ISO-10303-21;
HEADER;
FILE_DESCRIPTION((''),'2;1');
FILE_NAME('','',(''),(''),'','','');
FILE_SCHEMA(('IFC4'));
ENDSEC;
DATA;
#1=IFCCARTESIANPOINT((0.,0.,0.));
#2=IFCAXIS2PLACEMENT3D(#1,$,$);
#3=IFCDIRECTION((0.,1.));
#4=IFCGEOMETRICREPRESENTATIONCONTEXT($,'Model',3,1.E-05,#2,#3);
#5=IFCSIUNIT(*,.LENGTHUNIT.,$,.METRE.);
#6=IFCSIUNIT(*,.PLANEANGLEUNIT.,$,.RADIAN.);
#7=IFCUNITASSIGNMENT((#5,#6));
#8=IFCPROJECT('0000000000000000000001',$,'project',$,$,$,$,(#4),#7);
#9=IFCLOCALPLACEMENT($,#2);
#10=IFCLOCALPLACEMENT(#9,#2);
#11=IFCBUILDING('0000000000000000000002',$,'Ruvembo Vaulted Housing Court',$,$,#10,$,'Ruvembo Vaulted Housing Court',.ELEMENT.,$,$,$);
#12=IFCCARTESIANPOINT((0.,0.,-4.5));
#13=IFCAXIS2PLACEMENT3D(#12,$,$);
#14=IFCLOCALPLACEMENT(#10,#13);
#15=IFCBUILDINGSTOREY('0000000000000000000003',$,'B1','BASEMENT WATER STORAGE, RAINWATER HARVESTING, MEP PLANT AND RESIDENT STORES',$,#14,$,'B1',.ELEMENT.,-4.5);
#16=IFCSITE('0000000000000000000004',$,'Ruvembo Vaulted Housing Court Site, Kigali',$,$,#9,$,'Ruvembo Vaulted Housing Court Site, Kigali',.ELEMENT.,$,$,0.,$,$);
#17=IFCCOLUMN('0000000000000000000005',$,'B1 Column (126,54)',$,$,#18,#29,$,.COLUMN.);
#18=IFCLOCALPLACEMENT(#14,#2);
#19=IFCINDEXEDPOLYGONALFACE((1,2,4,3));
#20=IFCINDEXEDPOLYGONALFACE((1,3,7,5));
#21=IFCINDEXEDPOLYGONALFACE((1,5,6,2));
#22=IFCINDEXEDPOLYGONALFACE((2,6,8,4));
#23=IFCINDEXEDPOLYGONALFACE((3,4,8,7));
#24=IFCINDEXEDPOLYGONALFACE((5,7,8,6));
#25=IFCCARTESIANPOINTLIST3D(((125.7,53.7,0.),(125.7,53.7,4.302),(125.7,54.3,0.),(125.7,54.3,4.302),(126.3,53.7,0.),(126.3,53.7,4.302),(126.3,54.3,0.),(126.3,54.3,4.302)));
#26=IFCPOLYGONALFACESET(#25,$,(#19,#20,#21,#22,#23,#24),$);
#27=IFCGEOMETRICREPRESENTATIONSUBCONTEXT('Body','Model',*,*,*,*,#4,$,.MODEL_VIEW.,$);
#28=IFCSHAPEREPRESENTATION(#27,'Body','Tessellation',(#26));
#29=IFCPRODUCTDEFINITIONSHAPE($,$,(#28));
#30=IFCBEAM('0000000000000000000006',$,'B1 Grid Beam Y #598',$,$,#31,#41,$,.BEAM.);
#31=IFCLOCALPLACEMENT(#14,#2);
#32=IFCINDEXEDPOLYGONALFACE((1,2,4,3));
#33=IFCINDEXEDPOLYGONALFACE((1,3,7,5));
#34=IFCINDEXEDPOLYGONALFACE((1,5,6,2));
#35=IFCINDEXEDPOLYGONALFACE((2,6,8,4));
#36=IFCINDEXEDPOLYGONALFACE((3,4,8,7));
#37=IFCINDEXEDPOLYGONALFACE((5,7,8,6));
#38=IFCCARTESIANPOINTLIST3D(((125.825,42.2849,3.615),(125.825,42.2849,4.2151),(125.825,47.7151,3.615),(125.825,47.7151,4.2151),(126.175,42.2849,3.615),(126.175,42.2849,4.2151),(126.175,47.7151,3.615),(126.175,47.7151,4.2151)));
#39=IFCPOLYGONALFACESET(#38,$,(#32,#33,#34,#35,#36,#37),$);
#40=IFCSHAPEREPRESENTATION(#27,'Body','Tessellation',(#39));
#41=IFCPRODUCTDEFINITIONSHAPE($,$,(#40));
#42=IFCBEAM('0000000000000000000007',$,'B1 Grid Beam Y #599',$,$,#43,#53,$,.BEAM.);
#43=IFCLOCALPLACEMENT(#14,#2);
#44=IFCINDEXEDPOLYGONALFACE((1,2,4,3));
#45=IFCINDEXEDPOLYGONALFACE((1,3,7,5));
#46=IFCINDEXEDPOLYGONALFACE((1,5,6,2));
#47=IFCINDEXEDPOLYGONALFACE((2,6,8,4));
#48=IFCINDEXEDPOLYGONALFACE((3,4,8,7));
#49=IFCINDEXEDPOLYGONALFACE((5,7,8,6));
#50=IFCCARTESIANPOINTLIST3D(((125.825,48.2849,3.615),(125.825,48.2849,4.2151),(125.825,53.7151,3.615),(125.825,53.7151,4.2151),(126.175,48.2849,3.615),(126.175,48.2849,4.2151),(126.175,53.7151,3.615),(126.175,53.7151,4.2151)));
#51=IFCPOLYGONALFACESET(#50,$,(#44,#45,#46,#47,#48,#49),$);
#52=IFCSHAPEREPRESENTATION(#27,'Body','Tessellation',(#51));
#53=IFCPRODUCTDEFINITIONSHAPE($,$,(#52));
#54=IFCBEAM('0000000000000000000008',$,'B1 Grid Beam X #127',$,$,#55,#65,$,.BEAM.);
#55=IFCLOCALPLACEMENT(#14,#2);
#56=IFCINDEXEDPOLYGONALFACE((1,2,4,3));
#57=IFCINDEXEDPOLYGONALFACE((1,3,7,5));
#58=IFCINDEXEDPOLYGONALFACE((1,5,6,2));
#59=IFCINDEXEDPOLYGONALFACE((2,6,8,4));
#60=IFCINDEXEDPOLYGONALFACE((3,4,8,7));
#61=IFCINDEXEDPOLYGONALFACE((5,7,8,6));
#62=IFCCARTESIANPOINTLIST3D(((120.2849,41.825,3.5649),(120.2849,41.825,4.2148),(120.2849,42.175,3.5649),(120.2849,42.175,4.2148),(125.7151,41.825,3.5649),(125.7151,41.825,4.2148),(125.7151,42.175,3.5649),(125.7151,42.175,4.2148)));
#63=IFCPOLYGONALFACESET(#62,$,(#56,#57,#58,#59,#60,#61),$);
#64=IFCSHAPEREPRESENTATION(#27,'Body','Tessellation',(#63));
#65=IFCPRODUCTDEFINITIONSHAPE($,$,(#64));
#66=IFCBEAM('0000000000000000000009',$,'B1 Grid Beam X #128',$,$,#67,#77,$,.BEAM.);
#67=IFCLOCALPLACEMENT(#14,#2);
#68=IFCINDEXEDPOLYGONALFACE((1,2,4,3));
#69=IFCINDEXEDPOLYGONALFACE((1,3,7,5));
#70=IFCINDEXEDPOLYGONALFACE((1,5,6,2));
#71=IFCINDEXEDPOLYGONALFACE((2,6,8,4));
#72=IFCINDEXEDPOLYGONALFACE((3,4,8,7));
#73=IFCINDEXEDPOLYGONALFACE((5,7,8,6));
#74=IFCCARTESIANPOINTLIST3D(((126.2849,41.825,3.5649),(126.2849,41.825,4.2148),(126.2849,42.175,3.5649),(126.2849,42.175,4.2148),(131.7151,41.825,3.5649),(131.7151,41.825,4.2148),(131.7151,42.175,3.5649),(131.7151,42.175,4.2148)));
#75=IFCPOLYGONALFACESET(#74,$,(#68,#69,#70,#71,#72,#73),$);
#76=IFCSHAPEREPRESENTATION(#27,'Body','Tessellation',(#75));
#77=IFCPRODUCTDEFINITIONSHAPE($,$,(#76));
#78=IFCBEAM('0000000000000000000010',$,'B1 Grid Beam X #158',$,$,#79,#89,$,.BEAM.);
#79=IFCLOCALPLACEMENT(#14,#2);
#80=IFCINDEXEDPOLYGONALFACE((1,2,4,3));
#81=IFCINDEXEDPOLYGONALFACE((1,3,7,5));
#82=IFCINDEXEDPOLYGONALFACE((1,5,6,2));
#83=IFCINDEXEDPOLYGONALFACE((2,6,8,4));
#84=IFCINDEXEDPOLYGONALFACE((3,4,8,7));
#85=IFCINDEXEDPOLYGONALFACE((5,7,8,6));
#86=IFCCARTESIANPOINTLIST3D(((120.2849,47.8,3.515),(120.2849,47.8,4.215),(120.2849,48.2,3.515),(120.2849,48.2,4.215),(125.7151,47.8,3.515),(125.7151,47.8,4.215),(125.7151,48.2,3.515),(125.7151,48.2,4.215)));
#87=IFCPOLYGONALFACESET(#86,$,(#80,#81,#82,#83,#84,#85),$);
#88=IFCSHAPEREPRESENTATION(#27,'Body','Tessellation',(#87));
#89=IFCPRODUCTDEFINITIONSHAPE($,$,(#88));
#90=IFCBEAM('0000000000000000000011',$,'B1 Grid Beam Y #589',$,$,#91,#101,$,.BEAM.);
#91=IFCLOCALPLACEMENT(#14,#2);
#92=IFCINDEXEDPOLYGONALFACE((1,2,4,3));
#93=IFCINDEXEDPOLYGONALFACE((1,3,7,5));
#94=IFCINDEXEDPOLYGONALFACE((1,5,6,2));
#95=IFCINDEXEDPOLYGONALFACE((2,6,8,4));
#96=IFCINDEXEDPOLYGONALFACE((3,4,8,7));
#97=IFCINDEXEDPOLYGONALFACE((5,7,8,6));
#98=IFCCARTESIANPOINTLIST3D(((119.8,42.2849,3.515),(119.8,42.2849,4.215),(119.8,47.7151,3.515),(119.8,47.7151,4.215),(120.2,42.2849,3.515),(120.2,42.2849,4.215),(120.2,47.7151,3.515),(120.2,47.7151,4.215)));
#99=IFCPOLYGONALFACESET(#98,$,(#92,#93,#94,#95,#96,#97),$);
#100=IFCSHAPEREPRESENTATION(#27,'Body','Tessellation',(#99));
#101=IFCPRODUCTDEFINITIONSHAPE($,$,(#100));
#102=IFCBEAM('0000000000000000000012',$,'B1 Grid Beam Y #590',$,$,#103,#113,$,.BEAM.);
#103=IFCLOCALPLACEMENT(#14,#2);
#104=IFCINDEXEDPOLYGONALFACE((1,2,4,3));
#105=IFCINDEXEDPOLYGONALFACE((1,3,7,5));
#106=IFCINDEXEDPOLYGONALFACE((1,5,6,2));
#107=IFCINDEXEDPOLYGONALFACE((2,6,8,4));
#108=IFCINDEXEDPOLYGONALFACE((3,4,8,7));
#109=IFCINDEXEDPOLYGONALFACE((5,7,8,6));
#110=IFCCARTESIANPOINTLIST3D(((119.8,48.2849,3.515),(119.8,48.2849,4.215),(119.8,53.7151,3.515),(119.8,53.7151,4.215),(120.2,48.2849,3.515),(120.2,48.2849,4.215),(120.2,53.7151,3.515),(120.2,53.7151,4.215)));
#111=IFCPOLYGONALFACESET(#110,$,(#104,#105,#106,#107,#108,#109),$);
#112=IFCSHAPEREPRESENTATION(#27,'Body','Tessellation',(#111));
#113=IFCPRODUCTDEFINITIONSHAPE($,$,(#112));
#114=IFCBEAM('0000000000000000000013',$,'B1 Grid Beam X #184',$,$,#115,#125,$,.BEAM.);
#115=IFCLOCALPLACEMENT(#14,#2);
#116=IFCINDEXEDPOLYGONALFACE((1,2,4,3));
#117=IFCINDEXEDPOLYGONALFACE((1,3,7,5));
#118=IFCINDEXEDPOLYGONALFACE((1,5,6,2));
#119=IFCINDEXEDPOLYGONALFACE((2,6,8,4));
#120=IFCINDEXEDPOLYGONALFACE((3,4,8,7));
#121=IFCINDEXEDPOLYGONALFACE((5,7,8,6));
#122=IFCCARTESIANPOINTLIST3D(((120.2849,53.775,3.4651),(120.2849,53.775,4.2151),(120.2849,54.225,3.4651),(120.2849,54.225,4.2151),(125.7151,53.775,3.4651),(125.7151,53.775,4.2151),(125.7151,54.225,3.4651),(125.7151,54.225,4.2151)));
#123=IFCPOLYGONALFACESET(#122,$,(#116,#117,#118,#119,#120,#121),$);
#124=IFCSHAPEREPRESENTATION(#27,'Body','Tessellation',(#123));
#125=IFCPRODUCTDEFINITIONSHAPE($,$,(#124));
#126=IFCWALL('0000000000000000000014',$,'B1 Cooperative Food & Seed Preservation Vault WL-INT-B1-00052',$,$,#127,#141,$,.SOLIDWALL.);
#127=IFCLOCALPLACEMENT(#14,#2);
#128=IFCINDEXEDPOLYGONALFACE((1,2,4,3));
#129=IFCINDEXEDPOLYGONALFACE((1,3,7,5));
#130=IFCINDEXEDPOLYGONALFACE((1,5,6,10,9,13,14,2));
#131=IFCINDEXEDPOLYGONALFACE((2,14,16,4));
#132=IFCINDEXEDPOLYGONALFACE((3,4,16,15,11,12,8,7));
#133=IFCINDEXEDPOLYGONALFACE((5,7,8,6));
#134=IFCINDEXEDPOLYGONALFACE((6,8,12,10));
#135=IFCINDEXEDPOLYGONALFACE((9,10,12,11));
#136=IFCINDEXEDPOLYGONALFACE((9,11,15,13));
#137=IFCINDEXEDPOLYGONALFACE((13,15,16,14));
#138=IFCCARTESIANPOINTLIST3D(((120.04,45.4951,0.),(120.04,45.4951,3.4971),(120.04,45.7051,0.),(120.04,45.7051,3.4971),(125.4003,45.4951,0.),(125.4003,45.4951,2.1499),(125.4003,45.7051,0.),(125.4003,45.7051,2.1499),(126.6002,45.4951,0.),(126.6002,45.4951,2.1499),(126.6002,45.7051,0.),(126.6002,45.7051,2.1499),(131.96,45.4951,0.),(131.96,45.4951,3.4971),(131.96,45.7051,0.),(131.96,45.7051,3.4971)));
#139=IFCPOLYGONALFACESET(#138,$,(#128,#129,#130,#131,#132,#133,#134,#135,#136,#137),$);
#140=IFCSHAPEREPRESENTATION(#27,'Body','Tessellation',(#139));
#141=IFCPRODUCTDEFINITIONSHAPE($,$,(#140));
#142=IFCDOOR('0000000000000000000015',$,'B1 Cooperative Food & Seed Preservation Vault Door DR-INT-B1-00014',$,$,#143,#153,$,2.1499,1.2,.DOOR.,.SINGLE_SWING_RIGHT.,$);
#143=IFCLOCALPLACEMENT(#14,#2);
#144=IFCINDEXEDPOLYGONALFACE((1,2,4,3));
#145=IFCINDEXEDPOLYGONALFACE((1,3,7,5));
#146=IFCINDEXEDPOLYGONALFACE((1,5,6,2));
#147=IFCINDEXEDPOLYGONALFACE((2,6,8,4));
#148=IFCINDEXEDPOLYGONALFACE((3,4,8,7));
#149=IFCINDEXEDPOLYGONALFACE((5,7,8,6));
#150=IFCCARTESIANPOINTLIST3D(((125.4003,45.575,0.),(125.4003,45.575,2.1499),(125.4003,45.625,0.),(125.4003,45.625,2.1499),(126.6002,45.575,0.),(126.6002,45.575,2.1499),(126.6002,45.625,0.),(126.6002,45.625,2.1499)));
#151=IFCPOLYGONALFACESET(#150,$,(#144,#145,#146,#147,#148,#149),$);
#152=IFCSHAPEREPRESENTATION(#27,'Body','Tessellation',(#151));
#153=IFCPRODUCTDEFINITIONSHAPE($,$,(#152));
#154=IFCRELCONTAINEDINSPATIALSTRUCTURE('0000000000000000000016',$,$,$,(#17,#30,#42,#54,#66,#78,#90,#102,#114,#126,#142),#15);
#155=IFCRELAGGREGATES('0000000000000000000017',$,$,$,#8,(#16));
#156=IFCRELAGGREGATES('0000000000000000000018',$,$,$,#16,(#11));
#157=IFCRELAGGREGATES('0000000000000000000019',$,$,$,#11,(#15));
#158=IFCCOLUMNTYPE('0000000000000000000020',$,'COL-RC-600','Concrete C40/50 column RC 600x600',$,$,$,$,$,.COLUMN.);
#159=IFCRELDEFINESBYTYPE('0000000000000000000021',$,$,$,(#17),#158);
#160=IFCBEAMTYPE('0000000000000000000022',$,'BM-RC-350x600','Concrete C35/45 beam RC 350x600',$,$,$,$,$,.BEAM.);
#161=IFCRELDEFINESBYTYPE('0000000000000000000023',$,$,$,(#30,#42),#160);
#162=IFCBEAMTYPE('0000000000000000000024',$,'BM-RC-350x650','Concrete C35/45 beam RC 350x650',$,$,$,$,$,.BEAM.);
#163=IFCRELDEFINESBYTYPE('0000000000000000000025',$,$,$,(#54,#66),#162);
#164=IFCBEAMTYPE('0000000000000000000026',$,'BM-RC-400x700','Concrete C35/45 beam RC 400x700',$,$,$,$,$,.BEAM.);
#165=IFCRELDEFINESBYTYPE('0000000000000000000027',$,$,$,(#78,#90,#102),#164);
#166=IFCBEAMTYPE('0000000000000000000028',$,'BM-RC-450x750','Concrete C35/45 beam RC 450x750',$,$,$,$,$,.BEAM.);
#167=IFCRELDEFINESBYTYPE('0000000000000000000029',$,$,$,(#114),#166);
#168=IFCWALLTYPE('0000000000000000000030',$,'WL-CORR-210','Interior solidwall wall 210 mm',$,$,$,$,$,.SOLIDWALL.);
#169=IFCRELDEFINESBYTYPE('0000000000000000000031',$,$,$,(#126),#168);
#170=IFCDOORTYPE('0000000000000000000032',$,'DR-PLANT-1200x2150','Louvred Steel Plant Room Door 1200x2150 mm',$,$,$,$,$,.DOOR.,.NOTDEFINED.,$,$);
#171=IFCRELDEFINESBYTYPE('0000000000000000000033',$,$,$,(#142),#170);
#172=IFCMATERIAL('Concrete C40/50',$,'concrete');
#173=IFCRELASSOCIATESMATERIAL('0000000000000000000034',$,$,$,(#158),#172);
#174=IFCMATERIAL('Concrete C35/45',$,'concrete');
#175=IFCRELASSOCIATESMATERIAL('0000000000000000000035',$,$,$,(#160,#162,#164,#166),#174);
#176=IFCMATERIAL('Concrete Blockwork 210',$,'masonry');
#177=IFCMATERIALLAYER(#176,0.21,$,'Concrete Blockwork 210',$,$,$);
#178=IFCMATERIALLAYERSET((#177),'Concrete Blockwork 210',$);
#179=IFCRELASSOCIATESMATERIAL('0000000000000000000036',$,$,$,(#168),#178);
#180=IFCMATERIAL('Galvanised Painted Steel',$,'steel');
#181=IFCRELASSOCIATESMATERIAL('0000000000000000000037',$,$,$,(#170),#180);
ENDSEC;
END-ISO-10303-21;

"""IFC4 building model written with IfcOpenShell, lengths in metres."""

from ifc_helpers import new_model, si_unit, direction, frame, frame_2d, origin, origin_2d, place, context, subcontext, project, spatial, rectangle, extrude, material, layer, layer_set, material_profile, profile_set, type_object, element, fill, save


model = new_model("IFC4")

# Units and contexts
model_context = context("Model", 3, precision=1e-05, world=origin(), true_north=direction((0.0, 1.0)))
body_context = subcontext(model_context, "Body", "Model", "MODEL_VIEW")
ifc_project = project(units=[si_unit("LENGTHUNIT", "METRE"), si_unit("PLANEANGLEUNIT", "RADIAN")], contexts=[model_context])

# Site, building, storey
site_placement = place(None, origin())
site = spatial("IfcSite", under=ifc_project, at=site_placement, Name="Ruvembo Vaulted Housing Court Site, Kigali", LongName="Ruvembo Vaulted Housing Court Site, Kigali", CompositionType="ELEMENT", RefElevation=0.0)
building_placement = place(site_placement, origin())
building = spatial("IfcBuilding", under=site, at=building_placement, Name="Ruvembo Vaulted Housing Court", LongName="Ruvembo Vaulted Housing Court", CompositionType="ELEMENT")
storey_placement = place(building_placement, frame((0.0, 0.0, -4.5)))
storey = spatial("IfcBuildingStorey", under=building, at=storey_placement, Name="B1", Description="BASEMENT WATER STORAGE, RAINWATER HARVESTING, MEP PLANT AND RESIDENT STORES", LongName="B1", CompositionType="ELEMENT", Elevation=-4.5)

# Shared definitions
ifc_material_1 = material(Name="Concrete C35/45", Category="concrete")

# Column
ifc_material_2 = material(Name="Concrete C40/50", Category="concrete")
ifc_material_profile_1 = material_profile(ifc_material_2, rectangle(XDim=0.6001, YDim=0.6001, at=origin_2d()), Name="RC 600x600")
ifc_profile_set_1 = profile_set([ifc_material_profile_1], Name="Concrete C40/50")
column_type = type_object("IfcColumnType", Name="COL-RC-600", Description="Concrete C40/50 column RC 600x600", PredefinedType="COLUMN", material=ifc_profile_set_1)
for number, where, z_axis, x_axis, name in (
    (1, (126.0, 54.0, 0.0), (0.0, 0.0, 1.0), (1.0, 0.0, 0.0), "B1 Column (126,54)"),
):
    element("IfcColumn", number, at=place(storey_placement, frame(where, z_axis=z_axis, x_axis=x_axis)), inside=storey, type_object=column_type, Name=name, PredefinedType="COLUMN", context=body_context, shape_type="SweptSolid", body=[
        extrude(rectangle(XDim=0.6001, YDim=0.6001, at=origin_2d()), origin(), (0.0, 0.0, 1.0), 4.302),
    ])

# Beams
ifc_material_profile_2 = material_profile(ifc_material_1, rectangle(XDim=0.3501, YDim=0.6001, at=origin_2d()), Name="RC 350x600")
ifc_profile_set_2 = profile_set([ifc_material_profile_2], Name="Concrete C35/45")
beam_type_1 = type_object("IfcBeamType", Name="BM-RC-350x600", Description="Concrete C35/45 beam RC 350x600", PredefinedType="BEAM", material=ifc_profile_set_2)
for number, where, z_axis, x_axis, name in (
    (2, (126.0, 42.2849, 3.915), (0.0, 1.0, 0.0), (-1.0, 0.0, 0.0), "B1 Grid Beam Y #598"),
    (3, (126.0, 48.2849, 3.915), (0.0, 1.0, 0.0), (-1.0, 0.0, 0.0), "B1 Grid Beam Y #599"),
):
    element("IfcBeam", number, at=place(storey_placement, frame(where, z_axis=z_axis, x_axis=x_axis)), inside=storey, type_object=beam_type_1, Name=name, PredefinedType="BEAM", context=body_context, shape_type="SweptSolid", body=[
        extrude(rectangle(XDim=0.3501, YDim=0.6001, at=origin_2d()), origin(), (0.0, 0.0, 1.0), 5.4302),
    ])
ifc_material_profile_3 = material_profile(ifc_material_1, rectangle(XDim=0.3501, YDim=0.6499, at=origin_2d()), Name="RC 350x650")
ifc_profile_set_3 = profile_set([ifc_material_profile_3], Name="Concrete C35/45")
beam_type_2 = type_object("IfcBeamType", Name="BM-RC-350x650", Description="Concrete C35/45 beam RC 350x650", PredefinedType="BEAM", material=ifc_profile_set_3)
for number, where, z_axis, x_axis, name in (
    (4, (120.2849, 42.0, 3.8899), (1.0, 0.0, 0.0), (0.0, 1.0, 0.0), "B1 Grid Beam X #127"),
    (5, (126.2849, 42.0, 3.8899), (1.0, 0.0, 0.0), (0.0, 1.0, 0.0), "B1 Grid Beam X #128"),
):
    element("IfcBeam", number, at=place(storey_placement, frame(where, z_axis=z_axis, x_axis=x_axis)), inside=storey, type_object=beam_type_2, Name=name, PredefinedType="BEAM", context=body_context, shape_type="SweptSolid", body=[
        extrude(rectangle(XDim=0.3501, YDim=0.6499, at=origin_2d()), origin(), (0.0, 0.0, 1.0), 5.4302),
    ])
ifc_material_profile_4 = material_profile(ifc_material_1, rectangle(XDim=0.3999, YDim=0.7, at=origin_2d()), Name="RC 400x700")
ifc_profile_set_4 = profile_set([ifc_material_profile_4], Name="Concrete C35/45")
beam_type_3 = type_object("IfcBeamType", Name="BM-RC-400x700", Description="Concrete C35/45 beam RC 400x700", PredefinedType="BEAM", material=ifc_profile_set_4)
for number, where, z_axis, x_axis, name in (
    (6, (120.2849, 48.0, 3.865), (1.0, 0.0, 0.0), (0.0, 1.0, 0.0), "B1 Grid Beam X #158"),
    (7, (120.0, 42.2849, 3.865), (0.0, 1.0, 0.0), (-1.0, 0.0, 0.0), "B1 Grid Beam Y #589"),
    (8, (120.0, 48.2849, 3.865), (0.0, 1.0, 0.0), (-1.0, 0.0, 0.0), "B1 Grid Beam Y #590"),
):
    element("IfcBeam", number, at=place(storey_placement, frame(where, z_axis=z_axis, x_axis=x_axis)), inside=storey, type_object=beam_type_3, Name=name, PredefinedType="BEAM", context=body_context, shape_type="SweptSolid", body=[
        extrude(rectangle(XDim=0.3999, YDim=0.7, at=origin_2d()), origin(), (0.0, 0.0, 1.0), 5.4302),
    ])
ifc_material_profile_5 = material_profile(ifc_material_1, rectangle(XDim=0.45, YDim=0.75, at=origin_2d()), Name="RC 450x750")
ifc_profile_set_5 = profile_set([ifc_material_profile_5], Name="Concrete C35/45")
beam_type_4 = type_object("IfcBeamType", Name="BM-RC-450x750", Description="Concrete C35/45 beam RC 450x750", PredefinedType="BEAM", material=ifc_profile_set_5)
beam_placement = place(storey_placement, frame((120.2849, 54.0, 3.8401), z_axis=(1.0, 0.0, 0.0), x_axis=(0.0, 1.0, 0.0)))
element("IfcBeam", 9, at=beam_placement, inside=storey, type_object=beam_type_4, Name="B1 Grid Beam X #184", PredefinedType="BEAM", context=body_context, shape_type="SweptSolid", body=[
    extrude(rectangle(XDim=0.45, YDim=0.75, at=origin_2d()), origin(), (0.0, 0.0, 1.0), 5.4302),
])

# Wall, opening, door
ifc_material_3 = material(Name="Concrete Blockwork 210", Category="masonry")
ifc_layer = layer(ifc_material_3, 0.21, Name="Concrete Blockwork 210")
ifc_layer_set = layer_set([ifc_layer], Name="Concrete Blockwork 210")
wall_type = type_object("IfcWallType", Name="WL-CORR-210", Description="Interior solidwall wall 210 mm", PredefinedType="SOLIDWALL", material=ifc_layer_set)
wall_placement = place(storey_placement, frame((120.04, 45.6001, 0.0), z_axis=(0.0, 0.0, 1.0), x_axis=(1.0, 0.0, 0.0)))
wall = element("IfcWall", 10, at=wall_placement, inside=storey, type_object=wall_type, Name="B1 Cooperative Food & Seed Preservation Vault WL-INT-B1-00052", PredefinedType="SOLIDWALL", context=body_context, shape_type="SweptSolid", body=[
    extrude(rectangle(XDim=11.9199, YDim=0.21, at=frame_2d((5.96, 0.0))), origin(), (0.0, 0.0, 1.0), 3.4971),
])
opening_placement = place(wall_placement, frame((5.3601, 0.0, 0.0)))
opening = element("IfcOpeningElement", 11, at=opening_placement, cuts=wall, PredefinedType="OPENING", context=body_context, shape_type="SweptSolid", body=[
    extrude(rectangle(XDim=1.2, YDim=2.1499, at=frame_2d((0.6001, 1.075))), frame((0.0, 0.115, 0.0), z_axis=(0.0, -1.0, 0.0), x_axis=(1.0, 0.0, 0.0)), (0.0, 0.0, 1.0), 0.23),
])
ifc_material_4 = material(Name="Galvanised Painted Steel", Category="steel")
door_type = type_object("IfcDoorType", Name="DR-PLANT-1200x2150", Description="Louvred Steel Plant Room Door 1200x2150 mm", OperationType="NOTDEFINED", PredefinedType="DOOR", material=ifc_material_4)
door_placement = place(opening_placement, origin())
door = element("IfcDoor", 12, at=door_placement, inside=storey, type_object=door_type, Name="B1 Cooperative Food & Seed Preservation Vault Door DR-INT-B1-00014", OperationType="SINGLE_SWING_RIGHT", OverallHeight=2.1499, OverallWidth=1.2, PredefinedType="DOOR", context=body_context, shape_type="SweptSolid", body=[
    extrude(rectangle(XDim=1.2, YDim=2.1499, at=frame_2d((0.6001, 1.075))), frame((0.0, 0.0249, 0.0), z_axis=(0.0, -1.0, 0.0), x_axis=(1.0, 0.0, 0.0)), (0.0, 0.0, 1.0), 0.05),
])
fill(opening, door)

save(model, "model.ifc")
